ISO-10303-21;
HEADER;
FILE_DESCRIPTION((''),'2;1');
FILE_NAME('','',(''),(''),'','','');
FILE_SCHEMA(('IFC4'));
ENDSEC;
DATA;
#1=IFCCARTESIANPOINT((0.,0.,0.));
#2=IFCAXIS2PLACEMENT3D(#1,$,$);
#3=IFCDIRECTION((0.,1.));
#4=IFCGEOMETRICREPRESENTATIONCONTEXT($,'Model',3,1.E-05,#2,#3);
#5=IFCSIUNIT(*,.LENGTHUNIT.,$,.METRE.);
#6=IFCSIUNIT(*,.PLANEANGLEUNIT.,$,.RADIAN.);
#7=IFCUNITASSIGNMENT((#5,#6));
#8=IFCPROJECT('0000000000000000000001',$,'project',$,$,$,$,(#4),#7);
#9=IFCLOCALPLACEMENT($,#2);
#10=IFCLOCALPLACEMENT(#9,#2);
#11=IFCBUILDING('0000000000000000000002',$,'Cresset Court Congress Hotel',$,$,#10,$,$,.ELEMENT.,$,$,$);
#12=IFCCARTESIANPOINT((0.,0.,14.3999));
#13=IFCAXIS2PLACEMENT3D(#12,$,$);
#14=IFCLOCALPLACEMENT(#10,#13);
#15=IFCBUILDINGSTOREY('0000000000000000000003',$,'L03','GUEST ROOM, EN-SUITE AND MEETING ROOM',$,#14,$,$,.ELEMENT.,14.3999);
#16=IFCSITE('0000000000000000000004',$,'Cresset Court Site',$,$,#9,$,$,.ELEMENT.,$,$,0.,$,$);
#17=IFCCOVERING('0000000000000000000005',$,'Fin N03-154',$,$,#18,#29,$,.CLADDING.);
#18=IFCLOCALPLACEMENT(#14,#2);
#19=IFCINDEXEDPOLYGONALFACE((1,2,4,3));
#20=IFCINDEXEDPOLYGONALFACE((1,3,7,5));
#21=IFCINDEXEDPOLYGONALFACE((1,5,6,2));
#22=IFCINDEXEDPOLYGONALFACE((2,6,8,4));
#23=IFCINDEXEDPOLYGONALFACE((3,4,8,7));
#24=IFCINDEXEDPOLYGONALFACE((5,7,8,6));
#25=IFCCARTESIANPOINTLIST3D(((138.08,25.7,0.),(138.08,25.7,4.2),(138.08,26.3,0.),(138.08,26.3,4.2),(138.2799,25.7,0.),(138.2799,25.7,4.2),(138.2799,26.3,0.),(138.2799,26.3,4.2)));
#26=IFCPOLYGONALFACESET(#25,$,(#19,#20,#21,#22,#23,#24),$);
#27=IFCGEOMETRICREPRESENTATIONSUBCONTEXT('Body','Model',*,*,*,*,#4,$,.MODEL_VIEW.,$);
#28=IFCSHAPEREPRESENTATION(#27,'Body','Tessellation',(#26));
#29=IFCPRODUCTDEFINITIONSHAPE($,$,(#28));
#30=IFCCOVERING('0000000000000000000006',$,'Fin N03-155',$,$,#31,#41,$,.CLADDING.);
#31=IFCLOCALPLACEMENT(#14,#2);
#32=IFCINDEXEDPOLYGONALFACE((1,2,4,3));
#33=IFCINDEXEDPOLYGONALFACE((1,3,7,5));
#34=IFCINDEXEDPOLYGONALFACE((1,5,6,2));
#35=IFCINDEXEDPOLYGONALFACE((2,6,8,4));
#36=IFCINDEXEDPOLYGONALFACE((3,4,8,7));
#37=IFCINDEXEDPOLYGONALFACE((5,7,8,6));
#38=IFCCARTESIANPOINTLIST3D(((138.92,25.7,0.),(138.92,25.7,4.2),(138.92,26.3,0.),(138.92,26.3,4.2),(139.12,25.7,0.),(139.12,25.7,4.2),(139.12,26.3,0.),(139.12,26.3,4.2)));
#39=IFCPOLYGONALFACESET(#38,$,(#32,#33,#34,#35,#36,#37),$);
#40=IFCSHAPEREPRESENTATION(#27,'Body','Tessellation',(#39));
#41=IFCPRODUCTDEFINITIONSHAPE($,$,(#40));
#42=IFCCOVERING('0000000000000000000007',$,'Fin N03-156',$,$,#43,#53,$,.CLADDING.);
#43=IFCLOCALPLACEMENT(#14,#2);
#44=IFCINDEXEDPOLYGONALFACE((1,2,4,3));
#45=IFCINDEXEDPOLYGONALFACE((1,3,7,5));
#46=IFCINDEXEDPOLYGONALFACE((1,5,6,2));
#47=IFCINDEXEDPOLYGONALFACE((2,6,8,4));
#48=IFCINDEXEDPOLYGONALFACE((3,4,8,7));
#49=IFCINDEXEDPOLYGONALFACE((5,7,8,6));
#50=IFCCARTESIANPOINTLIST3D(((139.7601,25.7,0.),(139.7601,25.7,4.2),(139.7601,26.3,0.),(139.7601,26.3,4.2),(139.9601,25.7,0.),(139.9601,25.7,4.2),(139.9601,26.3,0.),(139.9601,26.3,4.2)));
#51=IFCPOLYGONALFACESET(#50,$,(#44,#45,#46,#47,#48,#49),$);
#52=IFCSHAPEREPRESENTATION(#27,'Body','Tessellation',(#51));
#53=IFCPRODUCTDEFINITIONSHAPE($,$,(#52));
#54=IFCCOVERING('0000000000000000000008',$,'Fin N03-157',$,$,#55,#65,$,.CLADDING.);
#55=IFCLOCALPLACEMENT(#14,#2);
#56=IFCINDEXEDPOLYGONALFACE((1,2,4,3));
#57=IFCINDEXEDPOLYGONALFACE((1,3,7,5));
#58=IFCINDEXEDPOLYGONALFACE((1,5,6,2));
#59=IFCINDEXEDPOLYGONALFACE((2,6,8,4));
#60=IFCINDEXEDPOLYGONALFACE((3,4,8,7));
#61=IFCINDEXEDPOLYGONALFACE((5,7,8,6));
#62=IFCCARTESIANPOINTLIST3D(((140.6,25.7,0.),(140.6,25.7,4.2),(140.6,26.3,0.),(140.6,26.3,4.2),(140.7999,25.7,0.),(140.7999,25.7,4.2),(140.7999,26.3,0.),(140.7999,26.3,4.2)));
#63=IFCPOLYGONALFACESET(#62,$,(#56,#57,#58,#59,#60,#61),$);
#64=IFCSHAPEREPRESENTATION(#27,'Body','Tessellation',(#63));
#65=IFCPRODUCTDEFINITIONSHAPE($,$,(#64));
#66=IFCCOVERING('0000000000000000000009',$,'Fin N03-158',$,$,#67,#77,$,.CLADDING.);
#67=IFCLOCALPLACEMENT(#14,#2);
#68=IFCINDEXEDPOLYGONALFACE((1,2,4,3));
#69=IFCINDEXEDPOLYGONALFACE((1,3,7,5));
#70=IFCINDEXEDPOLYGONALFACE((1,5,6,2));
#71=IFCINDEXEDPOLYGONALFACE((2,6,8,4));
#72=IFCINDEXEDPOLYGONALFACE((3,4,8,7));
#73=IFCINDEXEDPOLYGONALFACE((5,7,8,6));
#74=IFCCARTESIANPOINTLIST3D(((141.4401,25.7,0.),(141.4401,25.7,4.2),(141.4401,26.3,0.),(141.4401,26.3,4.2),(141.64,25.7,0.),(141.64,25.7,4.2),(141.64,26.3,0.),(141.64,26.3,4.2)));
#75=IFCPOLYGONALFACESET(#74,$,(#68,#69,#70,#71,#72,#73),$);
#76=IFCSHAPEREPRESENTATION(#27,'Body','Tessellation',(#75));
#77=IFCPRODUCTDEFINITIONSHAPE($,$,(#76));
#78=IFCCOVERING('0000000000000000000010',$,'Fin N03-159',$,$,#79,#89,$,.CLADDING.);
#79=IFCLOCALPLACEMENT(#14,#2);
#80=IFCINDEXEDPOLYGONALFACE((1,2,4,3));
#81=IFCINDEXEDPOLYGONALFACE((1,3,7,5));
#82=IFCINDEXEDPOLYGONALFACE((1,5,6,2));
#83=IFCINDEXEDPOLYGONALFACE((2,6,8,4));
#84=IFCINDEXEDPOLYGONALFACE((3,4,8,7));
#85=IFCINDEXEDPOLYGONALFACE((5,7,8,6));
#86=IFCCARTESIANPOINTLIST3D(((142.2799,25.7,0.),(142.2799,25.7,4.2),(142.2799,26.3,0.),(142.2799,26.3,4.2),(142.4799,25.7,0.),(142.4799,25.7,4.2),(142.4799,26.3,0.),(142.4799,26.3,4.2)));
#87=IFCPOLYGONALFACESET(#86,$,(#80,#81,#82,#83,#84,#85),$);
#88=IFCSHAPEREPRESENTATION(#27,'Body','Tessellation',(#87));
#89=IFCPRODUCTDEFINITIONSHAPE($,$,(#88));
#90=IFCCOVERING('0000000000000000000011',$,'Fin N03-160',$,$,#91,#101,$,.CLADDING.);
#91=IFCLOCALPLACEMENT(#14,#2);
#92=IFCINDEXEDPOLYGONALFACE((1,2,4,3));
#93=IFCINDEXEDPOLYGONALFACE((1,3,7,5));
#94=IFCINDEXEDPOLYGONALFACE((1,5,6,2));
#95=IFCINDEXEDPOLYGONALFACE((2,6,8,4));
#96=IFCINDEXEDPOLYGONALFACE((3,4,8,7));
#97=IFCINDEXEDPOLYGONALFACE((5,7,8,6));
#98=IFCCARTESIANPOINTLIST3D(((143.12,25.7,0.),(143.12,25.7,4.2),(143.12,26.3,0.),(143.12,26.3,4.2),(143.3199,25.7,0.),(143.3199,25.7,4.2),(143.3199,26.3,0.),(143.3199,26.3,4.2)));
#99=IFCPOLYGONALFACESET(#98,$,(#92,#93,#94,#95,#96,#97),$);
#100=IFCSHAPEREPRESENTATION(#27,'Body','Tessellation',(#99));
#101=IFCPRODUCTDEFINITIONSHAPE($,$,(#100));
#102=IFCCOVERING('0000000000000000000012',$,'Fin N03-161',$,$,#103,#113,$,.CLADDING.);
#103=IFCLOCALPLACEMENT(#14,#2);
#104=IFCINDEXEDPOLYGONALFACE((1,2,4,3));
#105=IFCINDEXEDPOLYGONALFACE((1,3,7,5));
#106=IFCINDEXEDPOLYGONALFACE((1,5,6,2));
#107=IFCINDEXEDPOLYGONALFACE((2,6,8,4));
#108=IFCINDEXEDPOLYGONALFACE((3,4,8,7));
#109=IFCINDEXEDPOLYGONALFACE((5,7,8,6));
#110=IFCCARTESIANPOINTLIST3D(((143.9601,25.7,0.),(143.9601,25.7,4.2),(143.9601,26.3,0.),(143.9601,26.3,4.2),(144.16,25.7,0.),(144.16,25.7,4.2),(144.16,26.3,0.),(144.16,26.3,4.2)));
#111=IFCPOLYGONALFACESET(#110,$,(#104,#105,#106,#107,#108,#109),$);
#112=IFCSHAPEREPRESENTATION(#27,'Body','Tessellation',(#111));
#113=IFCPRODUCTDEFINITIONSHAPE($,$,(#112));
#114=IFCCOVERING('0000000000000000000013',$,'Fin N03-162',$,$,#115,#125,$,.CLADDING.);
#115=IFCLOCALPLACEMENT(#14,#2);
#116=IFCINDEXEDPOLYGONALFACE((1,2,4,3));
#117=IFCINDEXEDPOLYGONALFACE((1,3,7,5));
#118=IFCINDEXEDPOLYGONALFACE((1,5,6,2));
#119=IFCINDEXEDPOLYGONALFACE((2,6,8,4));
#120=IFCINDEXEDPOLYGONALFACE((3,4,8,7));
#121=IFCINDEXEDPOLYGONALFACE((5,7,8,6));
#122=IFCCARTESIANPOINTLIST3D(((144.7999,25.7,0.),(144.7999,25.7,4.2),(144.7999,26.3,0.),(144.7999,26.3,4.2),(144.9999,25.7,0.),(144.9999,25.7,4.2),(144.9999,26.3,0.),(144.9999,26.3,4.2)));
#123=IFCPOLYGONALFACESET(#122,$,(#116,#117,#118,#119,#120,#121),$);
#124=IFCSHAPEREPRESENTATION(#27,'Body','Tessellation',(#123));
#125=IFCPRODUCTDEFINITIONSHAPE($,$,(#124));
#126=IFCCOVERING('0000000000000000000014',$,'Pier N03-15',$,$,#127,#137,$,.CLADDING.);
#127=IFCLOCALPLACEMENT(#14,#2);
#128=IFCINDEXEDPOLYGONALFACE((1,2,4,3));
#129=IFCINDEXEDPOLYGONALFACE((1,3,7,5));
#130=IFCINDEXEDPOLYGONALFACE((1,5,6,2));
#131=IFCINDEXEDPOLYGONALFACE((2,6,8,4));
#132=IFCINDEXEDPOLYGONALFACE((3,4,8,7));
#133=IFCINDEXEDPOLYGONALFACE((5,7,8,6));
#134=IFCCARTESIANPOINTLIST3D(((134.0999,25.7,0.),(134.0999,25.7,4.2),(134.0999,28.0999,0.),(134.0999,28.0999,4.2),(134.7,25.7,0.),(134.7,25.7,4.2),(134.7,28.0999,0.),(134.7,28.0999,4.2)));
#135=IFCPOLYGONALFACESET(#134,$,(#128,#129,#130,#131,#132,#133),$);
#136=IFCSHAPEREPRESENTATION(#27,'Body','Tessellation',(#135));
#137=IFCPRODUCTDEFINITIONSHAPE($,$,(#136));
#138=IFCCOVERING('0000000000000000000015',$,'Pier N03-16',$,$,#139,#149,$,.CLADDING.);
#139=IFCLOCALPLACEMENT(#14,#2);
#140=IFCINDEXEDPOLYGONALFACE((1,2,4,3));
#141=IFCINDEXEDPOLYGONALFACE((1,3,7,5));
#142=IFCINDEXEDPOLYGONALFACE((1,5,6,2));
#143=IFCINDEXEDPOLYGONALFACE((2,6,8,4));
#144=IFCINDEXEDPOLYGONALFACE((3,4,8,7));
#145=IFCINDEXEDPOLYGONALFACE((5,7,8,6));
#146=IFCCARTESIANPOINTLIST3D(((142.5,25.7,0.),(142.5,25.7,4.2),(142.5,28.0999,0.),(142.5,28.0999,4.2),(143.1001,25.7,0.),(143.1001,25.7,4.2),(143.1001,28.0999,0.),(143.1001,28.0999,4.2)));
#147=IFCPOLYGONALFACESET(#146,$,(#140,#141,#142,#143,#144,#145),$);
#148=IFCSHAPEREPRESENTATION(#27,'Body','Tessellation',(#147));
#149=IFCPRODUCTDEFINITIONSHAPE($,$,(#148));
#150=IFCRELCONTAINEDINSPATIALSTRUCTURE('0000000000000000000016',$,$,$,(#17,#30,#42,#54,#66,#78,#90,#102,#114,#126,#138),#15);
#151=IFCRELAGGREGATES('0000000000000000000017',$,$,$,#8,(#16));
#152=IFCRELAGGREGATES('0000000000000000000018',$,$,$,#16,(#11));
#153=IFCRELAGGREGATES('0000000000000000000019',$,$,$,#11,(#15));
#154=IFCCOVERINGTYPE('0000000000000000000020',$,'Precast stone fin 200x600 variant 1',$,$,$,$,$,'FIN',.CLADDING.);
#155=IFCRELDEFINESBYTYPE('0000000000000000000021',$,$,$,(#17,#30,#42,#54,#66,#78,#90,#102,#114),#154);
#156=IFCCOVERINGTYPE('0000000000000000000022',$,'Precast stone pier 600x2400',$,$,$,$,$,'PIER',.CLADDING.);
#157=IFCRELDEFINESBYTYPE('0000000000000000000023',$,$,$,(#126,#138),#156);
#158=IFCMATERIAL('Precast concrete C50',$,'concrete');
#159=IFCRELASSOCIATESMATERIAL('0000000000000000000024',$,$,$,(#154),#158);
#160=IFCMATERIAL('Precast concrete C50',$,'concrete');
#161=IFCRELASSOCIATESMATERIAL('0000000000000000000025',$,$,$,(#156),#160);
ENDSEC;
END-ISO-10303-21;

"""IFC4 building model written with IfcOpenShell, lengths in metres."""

from ifc_helpers import new_model, si_unit, direction, frame, origin, origin_2d, place, context, subcontext, project, spatial, rectangle, extrude, material, type_object, element, save


model = new_model("IFC4")

# Units and contexts
model_context = context("Model", 3, precision=1e-05, world=origin(), true_north=direction((0.0, 1.0)))
body_context = subcontext(model_context, "Body", "Model", "MODEL_VIEW")
ifc_project = project(units=[si_unit("LENGTHUNIT", "METRE"), si_unit("PLANEANGLEUNIT", "RADIAN")], contexts=[model_context])

# Site, building, storey
site_placement = place(None, origin())
site = spatial("IfcSite", under=ifc_project, at=site_placement, Name="Cresset Court Site", CompositionType="ELEMENT", RefElevation=0.0)
building_placement = place(site_placement, origin())
building = spatial("IfcBuilding", under=site, at=building_placement, Name="Cresset Court Congress Hotel", CompositionType="ELEMENT")
storey_placement = place(building_placement, frame((0.0, 0.0, 14.3999)))
storey = spatial("IfcBuildingStorey", under=building, at=storey_placement, Name="L03", Description="GUEST ROOM, EN-SUITE AND MEETING ROOM", CompositionType="ELEMENT", Elevation=14.3999)

# Coverings
ifc_material_1 = material(Name="Precast concrete C50", Category="concrete")
covering_type_1 = type_object("IfcCoveringType", Name="Precast stone fin 200x600 variant 1", ElementType="FIN", PredefinedType="CLADDING", material=ifc_material_1)
for number, where, z_axis, x_axis, name in (
    (1, (138.1799, 26.0, 0.0), (0.0, 0.0, 1.0), (1.0, 0.0, 0.0), "Fin N03-154"),
    (2, (139.02, 26.0, 0.0), (0.0, 0.0, 1.0), (1.0, 0.0, 0.0), "Fin N03-155"),
    (3, (139.8601, 26.0, 0.0), (0.0, 0.0, 1.0), (1.0, 0.0, 0.0), "Fin N03-156"),
    (4, (140.7, 26.0, 0.0), (0.0, 0.0, 1.0), (1.0, 0.0, 0.0), "Fin N03-157"),
    (5, (141.54, 26.0, 0.0), (0.0, 0.0, 1.0), (1.0, 0.0, 0.0), "Fin N03-158"),
    (6, (142.3799, 26.0, 0.0), (0.0, 0.0, 1.0), (1.0, 0.0, 0.0), "Fin N03-159"),
    (7, (143.22, 26.0, 0.0), (0.0, 0.0, 1.0), (1.0, 0.0, 0.0), "Fin N03-160"),
    (8, (144.0601, 26.0, 0.0), (0.0, 0.0, 1.0), (1.0, 0.0, 0.0), "Fin N03-161"),
    (9, (144.8999, 26.0, 0.0), (0.0, 0.0, 1.0), (1.0, 0.0, 0.0), "Fin N03-162"),
):
    element("IfcCovering", number, at=place(storey_placement, frame(where, z_axis=z_axis, x_axis=x_axis)), inside=storey, type_object=covering_type_1, Name=name, PredefinedType="CLADDING", context=body_context, shape_type="SweptSolid", body=[
        extrude(rectangle(XDim=0.2, YDim=0.6001, at=origin_2d()), origin(), (0.0, 0.0, 1.0), 4.2),
    ])
ifc_material_2 = material(Name="Precast concrete C50", Category="concrete")
covering_type_2 = type_object("IfcCoveringType", Name="Precast stone pier 600x2400", ElementType="PIER", PredefinedType="CLADDING", material=ifc_material_2)
for number, where, z_axis, x_axis, name in (
    (10, (134.3999, 26.8999, 0.0), (0.0, 0.0, 1.0), (1.0, 0.0, 0.0), "Pier N03-15"),
    (11, (142.8, 26.8999, 0.0), (0.0, 0.0, 1.0), (1.0, 0.0, 0.0), "Pier N03-16"),
):
    element("IfcCovering", number, at=place(storey_placement, frame(where, z_axis=z_axis, x_axis=x_axis)), inside=storey, type_object=covering_type_2, Name=name, PredefinedType="CLADDING", context=body_context, shape_type="SweptSolid", body=[
        extrude(rectangle(XDim=0.6001, YDim=2.3999, at=origin_2d()), origin(), (0.0, 0.0, 1.0), 4.2),
    ])

save(model, "model.ifc")
